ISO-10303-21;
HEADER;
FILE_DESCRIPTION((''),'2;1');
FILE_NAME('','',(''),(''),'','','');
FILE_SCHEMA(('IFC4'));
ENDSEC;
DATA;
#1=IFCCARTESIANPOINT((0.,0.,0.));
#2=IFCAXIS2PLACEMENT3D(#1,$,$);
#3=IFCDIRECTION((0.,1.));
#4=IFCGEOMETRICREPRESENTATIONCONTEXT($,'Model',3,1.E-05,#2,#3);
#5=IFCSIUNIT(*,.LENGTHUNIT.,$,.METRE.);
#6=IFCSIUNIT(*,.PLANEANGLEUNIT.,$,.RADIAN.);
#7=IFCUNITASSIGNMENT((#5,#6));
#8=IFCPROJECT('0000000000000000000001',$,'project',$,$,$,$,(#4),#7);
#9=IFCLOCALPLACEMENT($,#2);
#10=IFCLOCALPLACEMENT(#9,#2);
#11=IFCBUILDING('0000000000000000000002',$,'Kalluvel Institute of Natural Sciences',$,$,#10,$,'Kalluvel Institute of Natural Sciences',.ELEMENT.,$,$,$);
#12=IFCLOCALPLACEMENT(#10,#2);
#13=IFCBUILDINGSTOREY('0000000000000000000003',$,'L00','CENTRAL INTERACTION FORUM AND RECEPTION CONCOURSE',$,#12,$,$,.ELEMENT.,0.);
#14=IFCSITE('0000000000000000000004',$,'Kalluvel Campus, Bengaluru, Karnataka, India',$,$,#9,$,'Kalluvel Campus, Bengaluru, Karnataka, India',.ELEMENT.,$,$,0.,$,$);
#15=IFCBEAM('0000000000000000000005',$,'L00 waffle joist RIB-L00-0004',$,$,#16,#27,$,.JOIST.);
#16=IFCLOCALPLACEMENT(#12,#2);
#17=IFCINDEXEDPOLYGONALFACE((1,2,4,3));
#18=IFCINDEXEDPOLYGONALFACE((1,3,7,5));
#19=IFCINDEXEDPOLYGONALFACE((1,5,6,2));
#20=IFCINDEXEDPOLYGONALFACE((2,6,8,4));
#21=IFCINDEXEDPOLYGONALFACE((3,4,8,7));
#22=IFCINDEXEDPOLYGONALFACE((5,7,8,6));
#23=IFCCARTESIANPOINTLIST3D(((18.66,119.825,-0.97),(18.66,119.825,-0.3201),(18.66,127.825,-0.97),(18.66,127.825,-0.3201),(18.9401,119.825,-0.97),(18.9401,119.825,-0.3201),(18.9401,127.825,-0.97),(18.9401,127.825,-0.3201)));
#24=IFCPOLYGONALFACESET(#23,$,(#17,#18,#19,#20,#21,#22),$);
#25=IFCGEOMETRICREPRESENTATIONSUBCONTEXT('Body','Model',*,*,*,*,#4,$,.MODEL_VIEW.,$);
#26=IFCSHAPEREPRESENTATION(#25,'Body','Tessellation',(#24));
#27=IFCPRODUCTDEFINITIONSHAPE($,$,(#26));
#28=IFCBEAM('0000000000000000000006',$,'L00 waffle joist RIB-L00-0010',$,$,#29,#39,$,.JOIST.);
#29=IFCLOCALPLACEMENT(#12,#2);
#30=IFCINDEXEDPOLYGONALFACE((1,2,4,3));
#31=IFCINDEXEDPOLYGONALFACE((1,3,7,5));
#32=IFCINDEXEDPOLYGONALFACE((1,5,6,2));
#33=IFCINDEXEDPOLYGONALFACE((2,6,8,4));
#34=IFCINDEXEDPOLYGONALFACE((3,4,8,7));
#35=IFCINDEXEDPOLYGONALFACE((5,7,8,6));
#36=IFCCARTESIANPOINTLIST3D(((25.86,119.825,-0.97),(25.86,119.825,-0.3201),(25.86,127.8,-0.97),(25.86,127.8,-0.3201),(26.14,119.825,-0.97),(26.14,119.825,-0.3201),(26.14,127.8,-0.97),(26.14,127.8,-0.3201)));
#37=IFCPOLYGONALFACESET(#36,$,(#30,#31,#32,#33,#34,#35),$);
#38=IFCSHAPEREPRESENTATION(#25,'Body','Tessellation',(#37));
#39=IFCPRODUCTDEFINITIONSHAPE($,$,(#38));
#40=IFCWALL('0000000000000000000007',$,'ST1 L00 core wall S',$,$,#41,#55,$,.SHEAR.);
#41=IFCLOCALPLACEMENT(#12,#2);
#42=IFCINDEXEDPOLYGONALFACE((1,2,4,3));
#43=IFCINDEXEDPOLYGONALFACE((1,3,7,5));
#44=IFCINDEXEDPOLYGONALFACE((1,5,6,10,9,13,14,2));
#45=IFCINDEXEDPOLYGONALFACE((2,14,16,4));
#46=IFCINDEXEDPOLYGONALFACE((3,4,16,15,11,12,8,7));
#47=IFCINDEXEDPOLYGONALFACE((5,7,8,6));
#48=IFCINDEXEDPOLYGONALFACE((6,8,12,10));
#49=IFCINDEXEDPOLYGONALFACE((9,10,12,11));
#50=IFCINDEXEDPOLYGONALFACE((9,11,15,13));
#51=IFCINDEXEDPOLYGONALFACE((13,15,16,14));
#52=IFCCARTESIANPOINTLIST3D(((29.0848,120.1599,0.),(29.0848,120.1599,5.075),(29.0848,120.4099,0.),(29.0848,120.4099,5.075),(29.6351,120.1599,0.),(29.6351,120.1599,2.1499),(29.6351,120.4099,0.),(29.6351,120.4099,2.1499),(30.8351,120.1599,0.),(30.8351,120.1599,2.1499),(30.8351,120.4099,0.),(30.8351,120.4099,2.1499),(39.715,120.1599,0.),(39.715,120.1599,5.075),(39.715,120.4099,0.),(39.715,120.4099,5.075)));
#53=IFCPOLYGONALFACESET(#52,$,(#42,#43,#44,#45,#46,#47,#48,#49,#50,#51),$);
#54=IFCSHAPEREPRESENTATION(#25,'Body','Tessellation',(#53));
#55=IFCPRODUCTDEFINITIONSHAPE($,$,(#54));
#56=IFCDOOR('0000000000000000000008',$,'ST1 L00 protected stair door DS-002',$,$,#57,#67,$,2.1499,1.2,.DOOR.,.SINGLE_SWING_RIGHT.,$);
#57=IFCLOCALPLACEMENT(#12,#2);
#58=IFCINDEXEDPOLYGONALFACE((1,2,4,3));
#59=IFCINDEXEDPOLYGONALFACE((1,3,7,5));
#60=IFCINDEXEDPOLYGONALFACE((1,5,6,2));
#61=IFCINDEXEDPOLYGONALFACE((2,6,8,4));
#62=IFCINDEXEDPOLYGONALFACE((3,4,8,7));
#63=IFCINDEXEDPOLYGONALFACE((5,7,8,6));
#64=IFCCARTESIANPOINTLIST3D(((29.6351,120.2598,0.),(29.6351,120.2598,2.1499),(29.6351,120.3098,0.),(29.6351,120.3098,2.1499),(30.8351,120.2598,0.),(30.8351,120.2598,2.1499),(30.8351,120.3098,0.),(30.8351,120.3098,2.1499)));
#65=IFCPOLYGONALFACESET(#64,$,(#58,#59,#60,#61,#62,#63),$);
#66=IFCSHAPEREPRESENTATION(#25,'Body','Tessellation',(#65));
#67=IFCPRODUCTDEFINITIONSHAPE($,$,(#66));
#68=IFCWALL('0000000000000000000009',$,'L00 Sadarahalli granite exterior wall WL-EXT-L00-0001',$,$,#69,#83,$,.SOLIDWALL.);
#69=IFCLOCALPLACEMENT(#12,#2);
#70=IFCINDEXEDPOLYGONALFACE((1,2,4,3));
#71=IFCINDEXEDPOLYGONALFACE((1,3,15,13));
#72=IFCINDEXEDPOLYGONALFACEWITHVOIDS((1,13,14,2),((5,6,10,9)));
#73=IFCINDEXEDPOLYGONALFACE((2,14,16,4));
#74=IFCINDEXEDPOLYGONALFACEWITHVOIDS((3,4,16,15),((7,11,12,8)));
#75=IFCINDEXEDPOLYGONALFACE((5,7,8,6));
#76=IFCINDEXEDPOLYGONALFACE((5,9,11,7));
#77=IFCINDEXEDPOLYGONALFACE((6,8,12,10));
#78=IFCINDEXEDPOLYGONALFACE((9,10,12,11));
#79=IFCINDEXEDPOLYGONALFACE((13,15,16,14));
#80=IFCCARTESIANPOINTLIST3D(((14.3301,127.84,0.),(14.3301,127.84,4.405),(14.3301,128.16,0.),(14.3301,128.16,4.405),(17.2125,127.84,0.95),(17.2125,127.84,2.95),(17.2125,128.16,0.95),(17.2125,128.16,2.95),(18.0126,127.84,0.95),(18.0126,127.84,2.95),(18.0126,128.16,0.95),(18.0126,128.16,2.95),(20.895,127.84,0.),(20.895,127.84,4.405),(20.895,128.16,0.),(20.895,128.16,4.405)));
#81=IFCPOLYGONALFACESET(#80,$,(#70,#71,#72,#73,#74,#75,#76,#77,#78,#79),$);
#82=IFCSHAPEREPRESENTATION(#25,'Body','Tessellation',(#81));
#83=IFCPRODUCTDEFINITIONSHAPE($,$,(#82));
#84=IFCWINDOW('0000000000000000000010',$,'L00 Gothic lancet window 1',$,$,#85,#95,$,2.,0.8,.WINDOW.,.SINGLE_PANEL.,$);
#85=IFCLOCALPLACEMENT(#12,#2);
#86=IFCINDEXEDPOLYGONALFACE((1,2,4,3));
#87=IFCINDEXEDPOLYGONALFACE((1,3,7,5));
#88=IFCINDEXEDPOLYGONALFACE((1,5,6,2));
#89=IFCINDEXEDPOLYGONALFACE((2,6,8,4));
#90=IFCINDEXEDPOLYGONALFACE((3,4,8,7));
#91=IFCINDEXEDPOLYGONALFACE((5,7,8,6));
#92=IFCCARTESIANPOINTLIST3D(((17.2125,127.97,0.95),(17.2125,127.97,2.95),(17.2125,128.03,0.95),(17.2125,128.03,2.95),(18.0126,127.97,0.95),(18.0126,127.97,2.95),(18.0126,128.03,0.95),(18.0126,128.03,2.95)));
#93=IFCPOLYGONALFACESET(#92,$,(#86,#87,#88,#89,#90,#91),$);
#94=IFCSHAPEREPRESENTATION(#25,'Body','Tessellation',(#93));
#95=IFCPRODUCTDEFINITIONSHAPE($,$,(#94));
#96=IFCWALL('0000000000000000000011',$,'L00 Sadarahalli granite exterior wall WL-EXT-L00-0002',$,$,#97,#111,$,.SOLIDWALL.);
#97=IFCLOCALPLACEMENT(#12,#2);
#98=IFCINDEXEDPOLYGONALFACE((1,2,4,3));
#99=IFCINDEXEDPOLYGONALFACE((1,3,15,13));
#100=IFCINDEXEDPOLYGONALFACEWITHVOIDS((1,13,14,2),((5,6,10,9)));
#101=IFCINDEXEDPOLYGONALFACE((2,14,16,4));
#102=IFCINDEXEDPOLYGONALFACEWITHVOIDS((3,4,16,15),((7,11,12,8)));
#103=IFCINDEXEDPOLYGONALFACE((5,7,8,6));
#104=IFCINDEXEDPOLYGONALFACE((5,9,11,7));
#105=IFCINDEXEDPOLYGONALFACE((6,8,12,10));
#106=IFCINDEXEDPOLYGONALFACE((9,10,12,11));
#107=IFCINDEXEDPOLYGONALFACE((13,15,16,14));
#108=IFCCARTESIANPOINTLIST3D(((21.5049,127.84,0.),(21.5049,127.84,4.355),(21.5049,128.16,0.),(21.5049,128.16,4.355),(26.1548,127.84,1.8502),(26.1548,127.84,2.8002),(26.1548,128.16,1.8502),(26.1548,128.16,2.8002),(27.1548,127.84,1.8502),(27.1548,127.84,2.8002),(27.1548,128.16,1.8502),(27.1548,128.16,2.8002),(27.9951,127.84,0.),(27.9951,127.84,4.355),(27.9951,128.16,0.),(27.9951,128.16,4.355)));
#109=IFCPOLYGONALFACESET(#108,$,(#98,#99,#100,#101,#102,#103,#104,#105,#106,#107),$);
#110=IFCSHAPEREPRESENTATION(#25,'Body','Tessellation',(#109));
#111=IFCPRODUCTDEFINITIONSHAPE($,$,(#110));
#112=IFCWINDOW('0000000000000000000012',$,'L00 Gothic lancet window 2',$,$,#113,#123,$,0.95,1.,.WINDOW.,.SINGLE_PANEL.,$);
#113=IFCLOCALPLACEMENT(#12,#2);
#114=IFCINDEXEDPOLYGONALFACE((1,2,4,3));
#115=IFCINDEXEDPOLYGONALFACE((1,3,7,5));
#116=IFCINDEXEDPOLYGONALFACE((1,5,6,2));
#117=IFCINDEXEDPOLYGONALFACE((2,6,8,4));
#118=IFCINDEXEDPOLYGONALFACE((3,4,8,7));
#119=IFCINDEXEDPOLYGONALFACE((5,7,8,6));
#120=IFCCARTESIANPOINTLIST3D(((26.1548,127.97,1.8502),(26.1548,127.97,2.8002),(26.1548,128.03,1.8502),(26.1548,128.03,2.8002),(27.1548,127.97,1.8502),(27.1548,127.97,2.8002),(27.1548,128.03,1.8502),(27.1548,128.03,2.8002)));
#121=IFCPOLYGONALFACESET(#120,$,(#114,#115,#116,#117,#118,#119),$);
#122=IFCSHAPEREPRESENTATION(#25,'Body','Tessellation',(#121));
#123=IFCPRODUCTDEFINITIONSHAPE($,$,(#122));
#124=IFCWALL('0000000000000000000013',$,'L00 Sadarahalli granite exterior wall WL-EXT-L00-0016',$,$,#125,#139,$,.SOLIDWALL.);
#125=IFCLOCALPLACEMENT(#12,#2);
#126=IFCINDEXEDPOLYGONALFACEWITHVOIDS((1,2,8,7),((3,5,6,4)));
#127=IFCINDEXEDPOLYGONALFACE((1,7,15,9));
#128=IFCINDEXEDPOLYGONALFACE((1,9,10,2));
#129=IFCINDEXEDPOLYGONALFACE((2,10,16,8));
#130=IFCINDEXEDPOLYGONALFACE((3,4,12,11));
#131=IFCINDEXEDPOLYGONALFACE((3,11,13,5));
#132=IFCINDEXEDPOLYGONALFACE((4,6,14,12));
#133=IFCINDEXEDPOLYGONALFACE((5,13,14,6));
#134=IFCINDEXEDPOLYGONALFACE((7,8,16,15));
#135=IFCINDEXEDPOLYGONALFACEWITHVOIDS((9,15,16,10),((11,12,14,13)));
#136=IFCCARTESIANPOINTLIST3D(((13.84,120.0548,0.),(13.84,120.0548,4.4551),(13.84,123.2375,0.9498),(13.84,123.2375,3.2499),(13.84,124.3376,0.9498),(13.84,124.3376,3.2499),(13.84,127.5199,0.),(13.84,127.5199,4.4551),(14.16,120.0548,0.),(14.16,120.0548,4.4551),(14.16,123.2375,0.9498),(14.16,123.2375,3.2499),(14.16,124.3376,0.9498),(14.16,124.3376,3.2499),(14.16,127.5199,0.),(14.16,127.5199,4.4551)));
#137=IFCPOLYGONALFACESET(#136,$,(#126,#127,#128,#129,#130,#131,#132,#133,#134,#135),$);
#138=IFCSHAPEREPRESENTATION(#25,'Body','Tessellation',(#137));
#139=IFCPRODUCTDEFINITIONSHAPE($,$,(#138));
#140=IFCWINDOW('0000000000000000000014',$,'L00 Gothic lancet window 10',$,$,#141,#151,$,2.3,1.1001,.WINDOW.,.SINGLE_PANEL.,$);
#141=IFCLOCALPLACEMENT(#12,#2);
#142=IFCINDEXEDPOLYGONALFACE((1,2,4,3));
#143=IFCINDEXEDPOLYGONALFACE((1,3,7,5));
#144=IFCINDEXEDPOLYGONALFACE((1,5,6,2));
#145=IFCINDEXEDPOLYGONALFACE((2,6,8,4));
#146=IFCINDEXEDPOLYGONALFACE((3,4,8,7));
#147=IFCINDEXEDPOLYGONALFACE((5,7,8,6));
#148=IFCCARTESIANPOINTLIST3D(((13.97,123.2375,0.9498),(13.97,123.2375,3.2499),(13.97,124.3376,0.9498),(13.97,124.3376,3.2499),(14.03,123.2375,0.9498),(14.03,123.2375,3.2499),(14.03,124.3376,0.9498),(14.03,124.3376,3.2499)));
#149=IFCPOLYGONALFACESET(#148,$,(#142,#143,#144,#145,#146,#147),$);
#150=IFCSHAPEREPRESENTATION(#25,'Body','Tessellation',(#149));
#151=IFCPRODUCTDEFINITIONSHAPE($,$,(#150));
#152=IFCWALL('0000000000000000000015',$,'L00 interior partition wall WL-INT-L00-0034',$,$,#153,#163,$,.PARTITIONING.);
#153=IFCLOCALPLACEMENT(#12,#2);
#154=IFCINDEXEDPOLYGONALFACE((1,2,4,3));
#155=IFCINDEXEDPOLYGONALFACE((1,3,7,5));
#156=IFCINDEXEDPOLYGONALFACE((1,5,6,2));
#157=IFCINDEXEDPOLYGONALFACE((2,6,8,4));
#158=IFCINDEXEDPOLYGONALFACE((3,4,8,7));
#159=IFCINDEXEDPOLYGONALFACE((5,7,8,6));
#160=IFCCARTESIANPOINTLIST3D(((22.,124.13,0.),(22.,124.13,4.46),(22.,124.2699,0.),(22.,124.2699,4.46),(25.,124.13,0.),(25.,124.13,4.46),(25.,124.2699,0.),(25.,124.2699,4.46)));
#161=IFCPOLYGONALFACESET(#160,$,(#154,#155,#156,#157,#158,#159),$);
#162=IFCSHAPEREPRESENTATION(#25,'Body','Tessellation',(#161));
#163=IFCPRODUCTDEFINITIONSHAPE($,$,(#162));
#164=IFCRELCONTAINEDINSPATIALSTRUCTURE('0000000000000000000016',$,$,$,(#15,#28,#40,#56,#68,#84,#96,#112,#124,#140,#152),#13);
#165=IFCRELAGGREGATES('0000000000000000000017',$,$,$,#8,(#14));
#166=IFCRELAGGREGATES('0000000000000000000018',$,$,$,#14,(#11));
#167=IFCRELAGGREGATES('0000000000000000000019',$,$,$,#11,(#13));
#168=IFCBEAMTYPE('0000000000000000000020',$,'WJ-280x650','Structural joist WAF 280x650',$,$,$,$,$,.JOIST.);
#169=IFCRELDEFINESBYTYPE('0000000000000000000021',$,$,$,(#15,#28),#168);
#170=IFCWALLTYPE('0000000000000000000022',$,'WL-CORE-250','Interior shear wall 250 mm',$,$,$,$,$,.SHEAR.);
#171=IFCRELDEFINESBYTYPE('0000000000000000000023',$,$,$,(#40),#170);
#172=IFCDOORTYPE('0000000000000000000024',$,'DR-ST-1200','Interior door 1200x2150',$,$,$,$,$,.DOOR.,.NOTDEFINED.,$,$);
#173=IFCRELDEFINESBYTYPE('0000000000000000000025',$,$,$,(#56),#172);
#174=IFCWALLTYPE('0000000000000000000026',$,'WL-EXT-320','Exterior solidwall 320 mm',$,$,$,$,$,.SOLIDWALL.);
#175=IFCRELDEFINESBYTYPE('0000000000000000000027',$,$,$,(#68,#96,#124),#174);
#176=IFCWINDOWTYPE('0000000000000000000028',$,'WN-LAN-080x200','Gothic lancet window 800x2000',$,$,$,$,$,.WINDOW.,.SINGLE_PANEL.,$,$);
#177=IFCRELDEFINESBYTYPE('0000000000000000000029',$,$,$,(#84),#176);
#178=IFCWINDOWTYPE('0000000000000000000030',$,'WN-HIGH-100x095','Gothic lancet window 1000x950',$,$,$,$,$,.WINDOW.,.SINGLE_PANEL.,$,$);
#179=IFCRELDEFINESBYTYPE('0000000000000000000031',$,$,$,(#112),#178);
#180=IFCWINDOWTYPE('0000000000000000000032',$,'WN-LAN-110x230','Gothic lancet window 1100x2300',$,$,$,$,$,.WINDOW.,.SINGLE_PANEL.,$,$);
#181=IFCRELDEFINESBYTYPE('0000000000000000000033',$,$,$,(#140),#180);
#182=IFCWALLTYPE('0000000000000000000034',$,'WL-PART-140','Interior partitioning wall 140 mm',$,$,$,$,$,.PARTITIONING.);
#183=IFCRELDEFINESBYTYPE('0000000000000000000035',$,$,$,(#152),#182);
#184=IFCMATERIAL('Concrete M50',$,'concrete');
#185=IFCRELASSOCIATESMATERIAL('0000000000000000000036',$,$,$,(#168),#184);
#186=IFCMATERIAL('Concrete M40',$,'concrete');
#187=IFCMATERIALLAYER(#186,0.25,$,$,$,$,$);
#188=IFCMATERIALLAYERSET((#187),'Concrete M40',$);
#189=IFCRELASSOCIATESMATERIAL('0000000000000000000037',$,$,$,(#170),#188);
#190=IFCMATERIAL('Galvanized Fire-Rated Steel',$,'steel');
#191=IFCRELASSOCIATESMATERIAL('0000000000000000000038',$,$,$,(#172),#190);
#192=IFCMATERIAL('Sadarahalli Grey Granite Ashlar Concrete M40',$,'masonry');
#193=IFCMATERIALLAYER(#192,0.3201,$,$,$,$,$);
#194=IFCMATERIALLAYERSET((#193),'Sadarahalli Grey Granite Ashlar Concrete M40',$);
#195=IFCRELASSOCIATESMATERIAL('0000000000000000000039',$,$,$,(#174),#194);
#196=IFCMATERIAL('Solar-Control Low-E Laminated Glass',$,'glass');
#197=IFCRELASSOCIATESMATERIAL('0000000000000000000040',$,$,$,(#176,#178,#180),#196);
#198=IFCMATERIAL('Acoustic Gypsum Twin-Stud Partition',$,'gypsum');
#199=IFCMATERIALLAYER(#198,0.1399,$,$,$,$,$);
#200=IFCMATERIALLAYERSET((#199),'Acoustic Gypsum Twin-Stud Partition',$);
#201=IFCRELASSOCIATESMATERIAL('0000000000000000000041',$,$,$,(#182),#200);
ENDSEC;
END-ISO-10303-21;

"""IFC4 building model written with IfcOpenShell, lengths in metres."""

from ifc_helpers import new_model, si_unit, direction, frame, frame_2d, origin, origin_2d, place, context, subcontext, project, spatial, rectangle, extrude, material, layer, layer_set, material_profile, profile_set, type_object, element, fill, save


model = new_model("IFC4")

# Units and contexts
model_context = context("Model", 3, precision=1e-05, world=origin(), true_north=direction((0.0, 1.0)))
body_context = subcontext(model_context, "Body", "Model", "MODEL_VIEW")
ifc_project = project(units=[si_unit("LENGTHUNIT", "METRE"), si_unit("PLANEANGLEUNIT", "RADIAN")], contexts=[model_context])

# Site, building, storey
site_placement = place(None, origin())
site = spatial("IfcSite", under=ifc_project, at=site_placement, Name="Kalluvel Campus, Bengaluru, Karnataka, India", LongName="Kalluvel Campus, Bengaluru, Karnataka, India", CompositionType="ELEMENT", RefElevation=0.0)
building_placement = place(site_placement, origin())
building = spatial("IfcBuilding", under=site, at=building_placement, Name="Kalluvel Institute of Natural Sciences", LongName="Kalluvel Institute of Natural Sciences", CompositionType="ELEMENT")
storey_placement = place(building_placement, origin())
storey = spatial("IfcBuildingStorey", under=building, at=storey_placement, Name="L00", Description="CENTRAL INTERACTION FORUM AND RECEPTION CONCOURSE", CompositionType="ELEMENT", Elevation=0.0)

# Shared definitions
ifc_material_1 = material(Name="Concrete M50", Category="concrete")

# Beams
ifc_material_2 = material(Name="Concrete M40", Category="concrete")
ifc_material_profile_1 = material_profile(ifc_material_1, rectangle(XDim=0.28, YDim=0.6499, at=origin_2d()), Name="WAF 280x650")
ifc_profile_set_1 = profile_set([ifc_material_profile_1], Name="Concrete M50")
beam_type_1 = type_object("IfcBeamType", Name="WJ-280x650", Description="Structural joist WAF 280x650", PredefinedType="JOIST", material=ifc_profile_set_1)
beam_1_placement = place(storey_placement, frame((18.8, 119.825, -0.645), z_axis=(0.0, 1.0, 0.0), x_axis=(-1.0, 0.0, 0.0)))
element("IfcBeam", 1, at=beam_1_placement, inside=storey, type_object=beam_type_1, Name="L00 waffle joist RIB-L00-0004", PredefinedType="JOIST", context=body_context, shape_type="SweptSolid", body=[
    extrude(rectangle(XDim=0.28, YDim=0.6499, at=origin_2d()), origin(), (0.0, 0.0, 1.0), 8.0),
])
beam_2_placement = place(storey_placement, frame((26.0, 119.825, -0.645), z_axis=(0.0, 1.0, 0.0), x_axis=(-1.0, 0.0, 0.0)))
element("IfcBeam", 2, at=beam_2_placement, inside=storey, type_object=beam_type_1, Name="L00 waffle joist RIB-L00-0010", PredefinedType="JOIST", context=body_context, shape_type="SweptSolid", body=[
    extrude(rectangle(XDim=0.28, YDim=0.6499, at=origin_2d()), origin(), (0.0, 0.0, 1.0), 7.9751),
])

# Wall, opening, door
ifc_layer_1 = layer(ifc_material_2, 0.25)
ifc_layer_set_1 = layer_set([ifc_layer_1], Name="Concrete M40")
wall_type_1 = type_object("IfcWallType", Name="WL-CORE-250", Description="Interior shear wall 250 mm", PredefinedType="SHEAR", material=ifc_layer_set_1)
wall_1_placement = place(storey_placement, frame((29.085, 120.2849, 0.0), z_axis=(0.0, 0.0, 1.0), x_axis=(1.0, 0.0, 0.0)))
wall_1 = element("IfcWall", 3, at=wall_1_placement, inside=storey, type_object=wall_type_1, Name="ST1 L00 core wall S", PredefinedType="SHEAR", context=body_context, shape_type="SweptSolid", body=[
    extrude(rectangle(XDim=10.6301, YDim=0.25, at=frame_2d((5.3149, 0.0))), origin(), (0.0, 0.0, 1.0), 5.075),
])
opening_1_placement = place(wall_1_placement, frame((0.55, 0.0, 0.0)))
opening_1 = element("IfcOpeningElement", 4, at=opening_1_placement, cuts=wall_1, PredefinedType="OPENING", context=body_context, shape_type="SweptSolid", body=[
    extrude(rectangle(XDim=1.2, YDim=2.1499, at=frame_2d((0.6001, 1.075))), frame((0.0, 0.135, 0.0), z_axis=(0.0, -1.0, 0.0), x_axis=(1.0, 0.0, 0.0)), (0.0, 0.0, 1.0), 0.27),
])
ifc_material_3 = material(Name="Galvanized Fire-Rated Steel", Category="steel")
door_type_1 = type_object("IfcDoorType", Name="DR-ST-1200", Description="Interior door 1200x2150", OperationType="NOTDEFINED", PredefinedType="DOOR", material=ifc_material_3)
door_1_placement = place(opening_1_placement, origin())
door_1 = element("IfcDoor", 5, at=door_1_placement, inside=storey, type_object=door_type_1, Name="ST1 L00 protected stair door DS-002", OperationType="SINGLE_SWING_RIGHT", OverallHeight=2.1499, OverallWidth=1.2, PredefinedType="DOOR", context=body_context, shape_type="SweptSolid", body=[
    extrude(rectangle(XDim=1.2, YDim=2.1499, at=frame_2d((0.6001, 1.075))), frame((0.0, 0.0249, 0.0), z_axis=(0.0, -1.0, 0.0), x_axis=(1.0, 0.0, 0.0)), (0.0, 0.0, 1.0), 0.05),
])
fill(opening_1, door_1)

# Walls, openings, windows
ifc_material_4 = material(Name="Sadarahalli Grey Granite Ashlar Concrete M40", Category="masonry")
ifc_layer_2 = layer(ifc_material_4, 0.3201)
ifc_layer_set_2 = layer_set([ifc_layer_2], Name="Sadarahalli Grey Granite Ashlar Concrete M40")
wall_type_2 = type_object("IfcWallType", Name="WL-EXT-320", Description="Exterior solidwall 320 mm", PredefinedType="SOLIDWALL", material=ifc_layer_set_2)
wall_2_placement = place(storey_placement, frame((14.3301, 128.0, 0.0), z_axis=(0.0, 0.0, 1.0), x_axis=(1.0, 0.0, 0.0)))
wall_2 = element("IfcWall", 6, at=wall_2_placement, inside=storey, type_object=wall_type_2, Name="L00 Sadarahalli granite exterior wall WL-EXT-L00-0001", PredefinedType="SOLIDWALL", context=body_context, shape_type="SweptSolid", body=[
    extrude(rectangle(XDim=6.5649, YDim=0.3201, at=frame_2d((3.2825, 0.0))), origin(), (0.0, 0.0, 1.0), 4.405),
])
opening_2_placement = place(wall_2_placement, frame((2.8826, 0.0, 0.95)))
opening_2 = element("IfcOpeningElement", 7, at=opening_2_placement, cuts=wall_2, PredefinedType="OPENING", context=body_context, shape_type="SweptSolid", body=[
    extrude(rectangle(XDim=0.8, YDim=2.0, at=frame_2d((0.3999, 1.0))), frame((0.0, 0.1699, 0.0), z_axis=(0.0, -1.0, 0.0), x_axis=(1.0, 0.0, 0.0)), (0.0, 0.0, 1.0), 0.3401),
])
ifc_material_5 = material(Name="Solar-Control Low-E Laminated Glass", Category="glass")
window_type_1 = type_object("IfcWindowType", Name="WN-LAN-080x200", Description="Gothic lancet window 800x2000", PartitioningType="SINGLE_PANEL", PredefinedType="WINDOW", material=ifc_material_5)
window_1_placement = place(opening_2_placement, origin())
window_1 = element("IfcWindow", 8, at=window_1_placement, inside=storey, type_object=window_type_1, Name="L00 Gothic lancet window 1", OverallHeight=2.0, OverallWidth=0.8, PartitioningType="SINGLE_PANEL", PredefinedType="WINDOW", context=body_context, shape_type="SweptSolid", body=[
    extrude(rectangle(XDim=0.8, YDim=2.0, at=frame_2d((0.3999, 1.0))), frame((0.0, 0.03, 0.0), z_axis=(0.0, -1.0, 0.0), x_axis=(1.0, 0.0, 0.0)), (0.0, 0.0, 1.0), 0.0601),
])
fill(opening_2, window_1)
wall_3_placement = place(storey_placement, frame((21.5049, 128.0, 0.0), z_axis=(0.0, 0.0, 1.0), x_axis=(1.0, 0.0, 0.0)))
wall_3 = element("IfcWall", 9, at=wall_3_placement, inside=storey, type_object=wall_type_2, Name="L00 Sadarahalli granite exterior wall WL-EXT-L00-0002", PredefinedType="SOLIDWALL", context=body_context, shape_type="SweptSolid", body=[
    extrude(rectangle(XDim=6.4902, YDim=0.3201, at=frame_2d((3.2451, 0.0))), origin(), (0.0, 0.0, 1.0), 4.355),
])
opening_3_placement = place(wall_3_placement, frame((4.6499, 0.0, 1.8501)))
opening_3 = element("IfcOpeningElement", 10, at=opening_3_placement, cuts=wall_3, PredefinedType="OPENING", context=body_context, shape_type="SweptSolid", body=[
    extrude(rectangle(XDim=1.0, YDim=0.95, at=frame_2d((0.5, 0.4751))), frame((0.0, 0.1699, 0.0), z_axis=(0.0, -1.0, 0.0), x_axis=(1.0, 0.0, 0.0)), (0.0, 0.0, 1.0), 0.3401),
])
window_type_2 = type_object("IfcWindowType", Name="WN-HIGH-100x095", Description="Gothic lancet window 1000x950", PartitioningType="SINGLE_PANEL", PredefinedType="WINDOW", material=ifc_material_5)
window_2_placement = place(opening_3_placement, origin())
window_2 = element("IfcWindow", 11, at=window_2_placement, inside=storey, type_object=window_type_2, Name="L00 Gothic lancet window 2", OverallHeight=0.95, OverallWidth=1.0, PartitioningType="SINGLE_PANEL", PredefinedType="WINDOW", context=body_context, shape_type="SweptSolid", body=[
    extrude(rectangle(XDim=1.0, YDim=0.95, at=frame_2d((0.5, 0.4751))), frame((0.0, 0.03, 0.0), z_axis=(0.0, -1.0, 0.0), x_axis=(1.0, 0.0, 0.0)), (0.0, 0.0, 1.0), 0.0601),
])
fill(opening_3, window_2)
wall_4_placement = place(storey_placement, frame((14.0, 120.0549, 0.0), z_axis=(0.0, 0.0, 1.0), x_axis=(0.0, 1.0, 0.0)))
wall_4 = element("IfcWall", 12, at=wall_4_placement, inside=storey, type_object=wall_type_2, Name="L00 Sadarahalli granite exterior wall WL-EXT-L00-0016", PredefinedType="SOLIDWALL", context=body_context, shape_type="SweptSolid", body=[
    extrude(rectangle(XDim=7.4651, YDim=0.3201, at=frame_2d((3.7324, 0.0))), origin(), (0.0, 0.0, 1.0), 4.4551),
])
opening_4_placement = place(wall_4_placement, frame((3.1826, 0.0, 0.95)))
opening_4 = element("IfcOpeningElement", 13, at=opening_4_placement, cuts=wall_4, PredefinedType="OPENING", context=body_context, shape_type="SweptSolid", body=[
    extrude(rectangle(XDim=1.1001, YDim=2.3, at=frame_2d((0.55, 1.1499))), frame((0.0, 0.1699, 0.0), z_axis=(0.0, -1.0, 0.0), x_axis=(1.0, 0.0, 0.0)), (0.0, 0.0, 1.0), 0.3401),
])
window_type_3 = type_object("IfcWindowType", Name="WN-LAN-110x230", Description="Gothic lancet window 1100x2300", PartitioningType="SINGLE_PANEL", PredefinedType="WINDOW", material=ifc_material_5)
window_3_placement = place(opening_4_placement, origin())
window_3 = element("IfcWindow", 14, at=window_3_placement, inside=storey, type_object=window_type_3, Name="L00 Gothic lancet window 10", OverallHeight=2.3, OverallWidth=1.1001, PartitioningType="SINGLE_PANEL", PredefinedType="WINDOW", context=body_context, shape_type="SweptSolid", body=[
    extrude(rectangle(XDim=1.1001, YDim=2.3, at=frame_2d((0.55, 1.1499))), frame((0.0, 0.03, 0.0), z_axis=(0.0, -1.0, 0.0), x_axis=(1.0, 0.0, 0.0)), (0.0, 0.0, 1.0), 0.0601),
])
fill(opening_4, window_3)

# Wall
ifc_material_6 = material(Name="Acoustic Gypsum Twin-Stud Partition", Category="gypsum")
ifc_layer_3 = layer(ifc_material_6, 0.1399)
ifc_layer_set_3 = layer_set([ifc_layer_3], Name="Acoustic Gypsum Twin-Stud Partition")
wall_type_3 = type_object("IfcWallType", Name="WL-PART-140", Description="Interior partitioning wall 140 mm", PredefinedType="PARTITIONING", material=ifc_layer_set_3)
wall_5_placement = place(storey_placement, frame((22.0, 124.2, 0.0), z_axis=(0.0, 0.0, 1.0), x_axis=(1.0, 0.0, 0.0)))
element("IfcWall", 15, at=wall_5_placement, inside=storey, type_object=wall_type_3, Name="L00 interior partition wall WL-INT-L00-0034", PredefinedType="PARTITIONING", context=body_context, shape_type="SweptSolid", body=[
    extrude(rectangle(XDim=3.0, YDim=0.1399, at=frame_2d((1.5, 0.0))), origin(), (0.0, 0.0, 1.0), 4.46),
])

save(model, "model.ifc")
